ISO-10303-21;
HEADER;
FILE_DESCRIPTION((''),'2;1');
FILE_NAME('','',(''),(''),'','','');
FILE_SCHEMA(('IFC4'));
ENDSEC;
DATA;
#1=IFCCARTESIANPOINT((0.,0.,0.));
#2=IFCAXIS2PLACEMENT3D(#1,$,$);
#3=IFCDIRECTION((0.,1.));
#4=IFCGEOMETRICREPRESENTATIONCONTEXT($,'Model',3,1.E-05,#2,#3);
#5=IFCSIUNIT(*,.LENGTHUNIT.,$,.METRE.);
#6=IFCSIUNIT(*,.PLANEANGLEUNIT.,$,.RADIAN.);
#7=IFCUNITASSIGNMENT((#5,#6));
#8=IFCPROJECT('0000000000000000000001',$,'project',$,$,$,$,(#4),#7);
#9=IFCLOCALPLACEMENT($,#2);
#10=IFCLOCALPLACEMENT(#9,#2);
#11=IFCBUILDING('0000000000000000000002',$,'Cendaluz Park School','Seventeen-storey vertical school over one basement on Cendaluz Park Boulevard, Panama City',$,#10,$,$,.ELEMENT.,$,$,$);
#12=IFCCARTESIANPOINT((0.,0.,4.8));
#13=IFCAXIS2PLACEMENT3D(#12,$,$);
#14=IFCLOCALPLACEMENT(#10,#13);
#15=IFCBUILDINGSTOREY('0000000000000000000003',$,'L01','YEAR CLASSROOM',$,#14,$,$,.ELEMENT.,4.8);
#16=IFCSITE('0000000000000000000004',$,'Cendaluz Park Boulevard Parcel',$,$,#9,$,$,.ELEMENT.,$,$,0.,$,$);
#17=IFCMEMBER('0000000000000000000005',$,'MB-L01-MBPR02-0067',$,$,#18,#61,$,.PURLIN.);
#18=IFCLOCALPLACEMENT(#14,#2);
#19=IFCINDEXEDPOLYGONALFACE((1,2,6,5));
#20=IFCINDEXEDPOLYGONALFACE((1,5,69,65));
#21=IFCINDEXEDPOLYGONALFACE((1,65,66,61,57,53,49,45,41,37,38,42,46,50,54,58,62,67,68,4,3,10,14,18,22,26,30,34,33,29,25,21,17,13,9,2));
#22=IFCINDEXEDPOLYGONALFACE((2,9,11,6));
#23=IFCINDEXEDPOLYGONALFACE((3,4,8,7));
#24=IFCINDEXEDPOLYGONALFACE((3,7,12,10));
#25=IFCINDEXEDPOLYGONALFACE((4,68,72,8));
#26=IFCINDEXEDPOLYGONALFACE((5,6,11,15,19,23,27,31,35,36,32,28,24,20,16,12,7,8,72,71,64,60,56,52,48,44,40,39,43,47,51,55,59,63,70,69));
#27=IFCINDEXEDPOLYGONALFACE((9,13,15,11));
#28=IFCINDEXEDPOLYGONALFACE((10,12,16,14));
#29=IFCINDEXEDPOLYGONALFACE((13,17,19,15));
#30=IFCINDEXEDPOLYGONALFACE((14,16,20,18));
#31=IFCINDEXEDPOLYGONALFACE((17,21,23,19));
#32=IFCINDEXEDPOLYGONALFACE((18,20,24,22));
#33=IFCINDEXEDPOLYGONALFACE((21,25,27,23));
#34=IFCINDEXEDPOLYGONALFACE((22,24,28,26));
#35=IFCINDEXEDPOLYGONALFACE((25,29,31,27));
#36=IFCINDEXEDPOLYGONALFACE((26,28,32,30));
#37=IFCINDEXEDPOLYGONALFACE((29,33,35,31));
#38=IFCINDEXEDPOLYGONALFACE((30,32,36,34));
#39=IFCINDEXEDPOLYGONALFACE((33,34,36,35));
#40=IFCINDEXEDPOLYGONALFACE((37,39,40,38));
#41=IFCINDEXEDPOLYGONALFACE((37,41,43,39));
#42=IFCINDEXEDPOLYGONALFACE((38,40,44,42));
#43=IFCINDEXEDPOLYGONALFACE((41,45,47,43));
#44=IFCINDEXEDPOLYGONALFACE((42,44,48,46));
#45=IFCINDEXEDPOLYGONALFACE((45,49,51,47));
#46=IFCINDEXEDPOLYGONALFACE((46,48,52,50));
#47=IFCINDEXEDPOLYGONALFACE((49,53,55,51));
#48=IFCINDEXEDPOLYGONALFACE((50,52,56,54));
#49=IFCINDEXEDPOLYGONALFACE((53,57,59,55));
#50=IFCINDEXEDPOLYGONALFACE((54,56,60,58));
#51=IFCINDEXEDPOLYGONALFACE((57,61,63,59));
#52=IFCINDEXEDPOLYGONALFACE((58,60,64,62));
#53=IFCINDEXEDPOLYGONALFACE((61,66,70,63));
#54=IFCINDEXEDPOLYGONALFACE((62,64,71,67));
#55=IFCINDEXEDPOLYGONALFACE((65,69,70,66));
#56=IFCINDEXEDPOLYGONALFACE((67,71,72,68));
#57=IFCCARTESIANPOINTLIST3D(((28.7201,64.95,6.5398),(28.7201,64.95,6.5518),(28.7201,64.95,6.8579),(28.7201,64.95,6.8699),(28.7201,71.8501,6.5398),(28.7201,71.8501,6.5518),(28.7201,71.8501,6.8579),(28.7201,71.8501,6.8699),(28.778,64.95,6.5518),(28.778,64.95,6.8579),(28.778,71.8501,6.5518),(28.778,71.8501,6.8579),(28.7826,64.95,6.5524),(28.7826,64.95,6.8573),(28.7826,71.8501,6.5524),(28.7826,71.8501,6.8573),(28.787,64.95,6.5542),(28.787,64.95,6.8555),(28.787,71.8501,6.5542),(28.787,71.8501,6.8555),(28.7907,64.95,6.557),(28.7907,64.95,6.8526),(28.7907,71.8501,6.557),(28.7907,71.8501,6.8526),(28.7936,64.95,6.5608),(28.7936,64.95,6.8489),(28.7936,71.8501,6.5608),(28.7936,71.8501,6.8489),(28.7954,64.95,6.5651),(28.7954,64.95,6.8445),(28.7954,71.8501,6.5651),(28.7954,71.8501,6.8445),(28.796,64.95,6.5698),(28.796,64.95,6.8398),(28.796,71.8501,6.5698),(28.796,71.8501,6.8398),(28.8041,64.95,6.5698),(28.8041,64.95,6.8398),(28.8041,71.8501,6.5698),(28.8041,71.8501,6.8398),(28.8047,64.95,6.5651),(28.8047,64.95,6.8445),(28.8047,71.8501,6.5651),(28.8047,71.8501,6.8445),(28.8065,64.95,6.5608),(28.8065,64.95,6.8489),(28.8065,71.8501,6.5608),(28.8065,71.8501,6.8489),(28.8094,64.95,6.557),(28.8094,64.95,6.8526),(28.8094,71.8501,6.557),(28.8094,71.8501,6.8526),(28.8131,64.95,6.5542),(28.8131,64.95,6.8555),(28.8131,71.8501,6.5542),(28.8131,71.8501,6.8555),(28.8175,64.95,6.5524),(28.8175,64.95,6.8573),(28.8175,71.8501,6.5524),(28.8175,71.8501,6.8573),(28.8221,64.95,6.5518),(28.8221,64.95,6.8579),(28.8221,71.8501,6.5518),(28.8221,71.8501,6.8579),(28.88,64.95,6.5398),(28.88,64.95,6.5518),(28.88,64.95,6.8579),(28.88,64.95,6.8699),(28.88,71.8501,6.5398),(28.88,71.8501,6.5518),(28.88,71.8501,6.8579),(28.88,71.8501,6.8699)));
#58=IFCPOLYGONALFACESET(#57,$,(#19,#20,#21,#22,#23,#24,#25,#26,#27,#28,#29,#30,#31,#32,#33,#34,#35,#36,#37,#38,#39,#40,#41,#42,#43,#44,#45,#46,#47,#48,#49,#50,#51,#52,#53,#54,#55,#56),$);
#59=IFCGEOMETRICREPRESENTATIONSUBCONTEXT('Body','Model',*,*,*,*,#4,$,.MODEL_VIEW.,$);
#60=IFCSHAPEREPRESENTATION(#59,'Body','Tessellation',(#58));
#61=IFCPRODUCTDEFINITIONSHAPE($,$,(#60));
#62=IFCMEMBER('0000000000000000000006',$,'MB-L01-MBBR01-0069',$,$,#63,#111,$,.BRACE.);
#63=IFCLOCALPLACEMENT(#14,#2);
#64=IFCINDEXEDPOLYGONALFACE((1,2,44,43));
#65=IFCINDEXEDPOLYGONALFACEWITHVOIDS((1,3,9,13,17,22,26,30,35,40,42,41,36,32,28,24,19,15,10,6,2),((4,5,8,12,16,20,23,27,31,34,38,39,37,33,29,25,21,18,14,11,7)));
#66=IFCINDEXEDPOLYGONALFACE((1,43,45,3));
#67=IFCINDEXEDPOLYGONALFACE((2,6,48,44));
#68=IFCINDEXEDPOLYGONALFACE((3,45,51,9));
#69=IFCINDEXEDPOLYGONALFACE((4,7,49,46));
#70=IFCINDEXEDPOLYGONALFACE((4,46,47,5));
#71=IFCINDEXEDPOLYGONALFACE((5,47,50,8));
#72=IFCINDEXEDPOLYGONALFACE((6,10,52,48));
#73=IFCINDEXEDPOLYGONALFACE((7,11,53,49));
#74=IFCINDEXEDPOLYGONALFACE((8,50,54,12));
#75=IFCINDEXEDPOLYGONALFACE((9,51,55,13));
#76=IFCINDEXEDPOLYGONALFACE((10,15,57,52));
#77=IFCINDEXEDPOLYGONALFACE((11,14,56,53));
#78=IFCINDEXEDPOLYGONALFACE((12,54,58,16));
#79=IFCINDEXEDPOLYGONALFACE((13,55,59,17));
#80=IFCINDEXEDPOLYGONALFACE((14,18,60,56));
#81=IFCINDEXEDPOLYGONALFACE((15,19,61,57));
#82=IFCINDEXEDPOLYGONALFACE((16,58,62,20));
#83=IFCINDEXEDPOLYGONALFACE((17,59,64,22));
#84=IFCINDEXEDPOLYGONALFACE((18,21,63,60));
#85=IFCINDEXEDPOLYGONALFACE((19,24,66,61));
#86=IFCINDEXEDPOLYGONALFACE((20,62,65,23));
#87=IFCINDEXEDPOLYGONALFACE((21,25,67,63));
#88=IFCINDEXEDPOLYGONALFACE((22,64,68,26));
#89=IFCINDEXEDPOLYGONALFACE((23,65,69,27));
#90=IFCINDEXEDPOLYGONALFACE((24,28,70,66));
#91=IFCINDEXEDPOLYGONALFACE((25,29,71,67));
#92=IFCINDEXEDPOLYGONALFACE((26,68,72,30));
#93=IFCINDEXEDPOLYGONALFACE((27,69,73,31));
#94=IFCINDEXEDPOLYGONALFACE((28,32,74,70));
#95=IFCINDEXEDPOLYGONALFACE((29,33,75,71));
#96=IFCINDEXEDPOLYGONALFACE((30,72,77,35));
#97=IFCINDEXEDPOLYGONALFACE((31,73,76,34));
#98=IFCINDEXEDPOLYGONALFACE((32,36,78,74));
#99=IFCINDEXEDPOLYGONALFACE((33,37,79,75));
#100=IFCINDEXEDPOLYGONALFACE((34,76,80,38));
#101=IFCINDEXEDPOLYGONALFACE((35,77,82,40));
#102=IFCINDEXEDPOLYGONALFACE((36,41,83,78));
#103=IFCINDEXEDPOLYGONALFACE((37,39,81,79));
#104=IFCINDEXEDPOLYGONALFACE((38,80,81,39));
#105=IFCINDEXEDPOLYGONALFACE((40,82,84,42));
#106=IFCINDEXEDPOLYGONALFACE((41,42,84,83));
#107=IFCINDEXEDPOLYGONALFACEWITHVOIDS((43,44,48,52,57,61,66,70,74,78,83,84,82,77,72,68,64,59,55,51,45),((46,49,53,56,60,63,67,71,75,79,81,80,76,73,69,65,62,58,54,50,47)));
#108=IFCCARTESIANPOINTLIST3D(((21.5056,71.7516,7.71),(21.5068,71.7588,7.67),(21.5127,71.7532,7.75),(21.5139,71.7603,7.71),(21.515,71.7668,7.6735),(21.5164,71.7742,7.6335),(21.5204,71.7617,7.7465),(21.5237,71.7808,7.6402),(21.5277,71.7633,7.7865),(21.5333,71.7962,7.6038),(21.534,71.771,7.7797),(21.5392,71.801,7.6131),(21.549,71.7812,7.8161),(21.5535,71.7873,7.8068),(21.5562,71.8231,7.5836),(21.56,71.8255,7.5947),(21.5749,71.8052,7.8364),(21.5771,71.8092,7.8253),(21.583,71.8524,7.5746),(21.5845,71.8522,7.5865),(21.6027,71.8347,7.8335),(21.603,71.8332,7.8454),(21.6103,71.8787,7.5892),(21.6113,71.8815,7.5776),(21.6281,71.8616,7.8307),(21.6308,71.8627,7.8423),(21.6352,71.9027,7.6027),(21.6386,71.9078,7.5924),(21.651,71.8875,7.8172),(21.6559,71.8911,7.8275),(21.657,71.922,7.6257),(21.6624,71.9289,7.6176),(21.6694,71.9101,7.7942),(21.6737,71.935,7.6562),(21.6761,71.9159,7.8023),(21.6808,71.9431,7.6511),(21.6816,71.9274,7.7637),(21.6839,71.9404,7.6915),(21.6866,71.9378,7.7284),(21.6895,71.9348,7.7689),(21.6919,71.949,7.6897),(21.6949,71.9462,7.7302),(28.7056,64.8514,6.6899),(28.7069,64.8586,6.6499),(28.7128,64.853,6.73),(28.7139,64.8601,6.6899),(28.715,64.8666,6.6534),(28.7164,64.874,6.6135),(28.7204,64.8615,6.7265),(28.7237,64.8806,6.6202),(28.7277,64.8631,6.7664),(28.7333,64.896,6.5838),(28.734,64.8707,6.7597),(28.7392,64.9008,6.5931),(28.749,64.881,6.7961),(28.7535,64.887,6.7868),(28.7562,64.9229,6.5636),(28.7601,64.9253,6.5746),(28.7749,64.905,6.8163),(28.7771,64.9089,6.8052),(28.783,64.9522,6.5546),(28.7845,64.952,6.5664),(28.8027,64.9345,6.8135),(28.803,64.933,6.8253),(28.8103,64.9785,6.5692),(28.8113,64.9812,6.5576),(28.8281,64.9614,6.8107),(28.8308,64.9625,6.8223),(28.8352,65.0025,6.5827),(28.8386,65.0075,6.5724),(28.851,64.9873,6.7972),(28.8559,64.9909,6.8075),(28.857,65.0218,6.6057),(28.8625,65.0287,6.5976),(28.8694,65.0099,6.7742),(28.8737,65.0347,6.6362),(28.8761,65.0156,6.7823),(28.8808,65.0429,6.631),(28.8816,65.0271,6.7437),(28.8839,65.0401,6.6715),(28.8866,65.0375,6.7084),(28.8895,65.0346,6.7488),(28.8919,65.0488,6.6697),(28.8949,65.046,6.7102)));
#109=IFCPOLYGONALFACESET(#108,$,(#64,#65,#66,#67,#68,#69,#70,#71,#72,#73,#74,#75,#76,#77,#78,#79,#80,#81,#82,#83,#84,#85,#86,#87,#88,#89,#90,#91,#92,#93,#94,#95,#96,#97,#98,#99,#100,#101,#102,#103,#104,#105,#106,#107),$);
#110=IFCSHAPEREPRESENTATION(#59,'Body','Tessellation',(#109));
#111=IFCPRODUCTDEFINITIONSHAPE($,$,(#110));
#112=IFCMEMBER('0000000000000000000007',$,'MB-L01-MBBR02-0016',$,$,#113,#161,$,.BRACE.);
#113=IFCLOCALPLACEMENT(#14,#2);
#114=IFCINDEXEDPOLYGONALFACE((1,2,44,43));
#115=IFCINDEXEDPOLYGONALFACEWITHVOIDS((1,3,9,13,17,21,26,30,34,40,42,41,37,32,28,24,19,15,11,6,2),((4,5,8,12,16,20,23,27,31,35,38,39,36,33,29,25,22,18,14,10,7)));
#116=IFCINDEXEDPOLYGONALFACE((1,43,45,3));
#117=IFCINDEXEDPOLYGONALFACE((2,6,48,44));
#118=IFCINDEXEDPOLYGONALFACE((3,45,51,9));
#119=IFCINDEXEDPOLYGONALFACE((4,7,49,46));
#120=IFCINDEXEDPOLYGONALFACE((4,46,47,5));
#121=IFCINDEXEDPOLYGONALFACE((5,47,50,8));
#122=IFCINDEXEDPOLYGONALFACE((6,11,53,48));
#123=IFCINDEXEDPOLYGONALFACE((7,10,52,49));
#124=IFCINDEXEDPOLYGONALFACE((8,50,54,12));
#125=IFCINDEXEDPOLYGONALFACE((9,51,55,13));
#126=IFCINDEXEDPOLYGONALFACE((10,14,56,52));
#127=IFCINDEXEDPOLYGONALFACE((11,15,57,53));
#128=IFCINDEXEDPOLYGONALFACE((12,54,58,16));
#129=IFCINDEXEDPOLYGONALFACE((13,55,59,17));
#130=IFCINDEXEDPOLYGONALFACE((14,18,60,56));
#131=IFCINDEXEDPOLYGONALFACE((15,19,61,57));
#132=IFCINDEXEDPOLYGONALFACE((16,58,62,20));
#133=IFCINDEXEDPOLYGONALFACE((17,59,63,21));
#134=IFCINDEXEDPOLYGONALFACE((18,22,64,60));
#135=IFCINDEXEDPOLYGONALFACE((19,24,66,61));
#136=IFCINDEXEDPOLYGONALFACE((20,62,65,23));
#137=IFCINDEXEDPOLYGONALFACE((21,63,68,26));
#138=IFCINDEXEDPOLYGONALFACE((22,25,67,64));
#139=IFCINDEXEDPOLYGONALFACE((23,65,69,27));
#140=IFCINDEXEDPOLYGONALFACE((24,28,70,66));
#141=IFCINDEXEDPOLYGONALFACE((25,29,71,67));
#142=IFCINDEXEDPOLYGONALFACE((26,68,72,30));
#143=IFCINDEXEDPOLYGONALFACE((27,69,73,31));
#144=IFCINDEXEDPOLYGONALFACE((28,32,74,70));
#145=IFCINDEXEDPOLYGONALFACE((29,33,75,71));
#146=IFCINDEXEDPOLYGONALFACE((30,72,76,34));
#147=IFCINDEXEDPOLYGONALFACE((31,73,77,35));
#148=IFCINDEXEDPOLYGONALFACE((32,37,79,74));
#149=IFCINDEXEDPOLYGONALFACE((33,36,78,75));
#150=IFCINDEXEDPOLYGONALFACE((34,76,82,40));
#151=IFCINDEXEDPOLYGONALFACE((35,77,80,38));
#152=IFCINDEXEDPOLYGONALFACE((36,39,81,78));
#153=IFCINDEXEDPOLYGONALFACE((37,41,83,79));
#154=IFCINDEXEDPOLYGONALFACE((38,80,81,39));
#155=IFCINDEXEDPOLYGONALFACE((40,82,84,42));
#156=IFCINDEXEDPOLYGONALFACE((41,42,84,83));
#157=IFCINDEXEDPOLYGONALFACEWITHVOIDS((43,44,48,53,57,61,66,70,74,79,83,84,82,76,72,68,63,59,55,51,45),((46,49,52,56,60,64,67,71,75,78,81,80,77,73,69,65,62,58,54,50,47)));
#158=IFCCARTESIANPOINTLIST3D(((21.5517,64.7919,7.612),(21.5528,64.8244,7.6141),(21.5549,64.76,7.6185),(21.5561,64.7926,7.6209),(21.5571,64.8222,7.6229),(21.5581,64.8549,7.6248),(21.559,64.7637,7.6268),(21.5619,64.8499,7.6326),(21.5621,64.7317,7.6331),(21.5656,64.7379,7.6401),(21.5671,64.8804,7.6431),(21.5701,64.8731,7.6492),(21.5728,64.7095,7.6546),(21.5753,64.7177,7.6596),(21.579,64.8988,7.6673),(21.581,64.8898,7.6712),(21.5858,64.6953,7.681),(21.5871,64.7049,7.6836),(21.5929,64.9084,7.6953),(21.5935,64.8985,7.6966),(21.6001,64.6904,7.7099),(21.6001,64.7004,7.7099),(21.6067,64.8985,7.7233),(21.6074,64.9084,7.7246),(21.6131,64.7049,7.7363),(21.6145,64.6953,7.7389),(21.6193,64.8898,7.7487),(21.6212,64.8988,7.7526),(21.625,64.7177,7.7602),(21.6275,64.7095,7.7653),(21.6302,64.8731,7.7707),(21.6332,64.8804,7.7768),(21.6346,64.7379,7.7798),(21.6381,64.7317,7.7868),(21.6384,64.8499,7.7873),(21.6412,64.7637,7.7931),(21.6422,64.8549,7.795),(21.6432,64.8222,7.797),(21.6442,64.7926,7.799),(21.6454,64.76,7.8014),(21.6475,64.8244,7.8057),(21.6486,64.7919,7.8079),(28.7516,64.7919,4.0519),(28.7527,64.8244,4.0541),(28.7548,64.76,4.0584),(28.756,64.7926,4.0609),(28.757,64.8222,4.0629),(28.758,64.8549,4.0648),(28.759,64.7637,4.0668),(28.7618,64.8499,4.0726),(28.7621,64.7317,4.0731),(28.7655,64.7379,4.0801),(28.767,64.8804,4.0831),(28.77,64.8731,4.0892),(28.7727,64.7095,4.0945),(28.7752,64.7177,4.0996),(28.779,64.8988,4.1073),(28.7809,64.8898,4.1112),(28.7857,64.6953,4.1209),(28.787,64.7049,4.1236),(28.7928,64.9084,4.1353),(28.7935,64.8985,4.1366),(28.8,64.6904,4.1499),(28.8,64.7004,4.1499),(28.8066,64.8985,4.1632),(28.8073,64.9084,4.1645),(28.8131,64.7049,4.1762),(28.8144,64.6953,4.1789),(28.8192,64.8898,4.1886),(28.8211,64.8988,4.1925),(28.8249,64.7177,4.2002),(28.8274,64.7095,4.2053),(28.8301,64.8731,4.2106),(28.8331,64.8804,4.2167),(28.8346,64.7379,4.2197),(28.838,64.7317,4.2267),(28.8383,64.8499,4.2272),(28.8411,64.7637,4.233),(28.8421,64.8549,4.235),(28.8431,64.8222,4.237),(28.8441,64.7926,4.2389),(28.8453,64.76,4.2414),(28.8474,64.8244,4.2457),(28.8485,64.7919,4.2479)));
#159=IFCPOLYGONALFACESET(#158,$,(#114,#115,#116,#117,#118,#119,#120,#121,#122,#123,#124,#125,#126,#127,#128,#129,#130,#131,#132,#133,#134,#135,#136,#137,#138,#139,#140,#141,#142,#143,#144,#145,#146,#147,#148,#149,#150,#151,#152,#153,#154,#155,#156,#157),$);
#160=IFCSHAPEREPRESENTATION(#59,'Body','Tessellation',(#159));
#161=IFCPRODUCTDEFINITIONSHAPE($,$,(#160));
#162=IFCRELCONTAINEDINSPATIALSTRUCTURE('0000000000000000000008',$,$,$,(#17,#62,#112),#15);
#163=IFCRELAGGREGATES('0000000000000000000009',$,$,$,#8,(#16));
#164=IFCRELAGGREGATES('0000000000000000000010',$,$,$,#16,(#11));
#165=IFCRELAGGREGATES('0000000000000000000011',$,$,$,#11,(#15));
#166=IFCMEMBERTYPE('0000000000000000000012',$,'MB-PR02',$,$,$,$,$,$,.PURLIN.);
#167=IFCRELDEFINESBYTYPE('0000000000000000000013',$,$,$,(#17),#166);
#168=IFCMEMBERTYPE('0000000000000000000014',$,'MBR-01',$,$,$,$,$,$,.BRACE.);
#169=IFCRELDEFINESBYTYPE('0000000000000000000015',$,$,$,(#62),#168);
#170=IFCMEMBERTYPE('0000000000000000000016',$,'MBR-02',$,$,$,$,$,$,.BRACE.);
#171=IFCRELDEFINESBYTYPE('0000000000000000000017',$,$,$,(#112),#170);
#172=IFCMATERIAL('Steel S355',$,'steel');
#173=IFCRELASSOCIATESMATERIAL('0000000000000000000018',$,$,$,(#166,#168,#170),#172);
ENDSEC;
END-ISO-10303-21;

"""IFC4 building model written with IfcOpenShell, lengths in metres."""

from ifc_helpers import new_model, si_unit, direction, frame, origin, origin_2d, place, context, subcontext, project, spatial, hollow_circle, i_section, extrude, material, material_profile, profile_set, type_object, element, save


model = new_model("IFC4")

# Units and contexts
model_context = context("Model", 3, precision=1e-05, world=origin(), true_north=direction((0.0, 1.0)))
body_context = subcontext(model_context, "Body", "Model", "MODEL_VIEW")
ifc_project = project(units=[si_unit("LENGTHUNIT", "METRE"), si_unit("PLANEANGLEUNIT", "RADIAN")], contexts=[model_context])

# Site, building, storey
site_placement = place(None, origin())
site = spatial("IfcSite", under=ifc_project, at=site_placement, Name="Cendaluz Park Boulevard Parcel", CompositionType="ELEMENT", RefElevation=0.0)
building_placement = place(site_placement, origin())
building = spatial("IfcBuilding", under=site, at=building_placement, Name="Cendaluz Park School", Description="Seventeen-storey vertical school over one basement on Cendaluz Park Boulevard, Panama City", CompositionType="ELEMENT")
storey_placement = place(building_placement, frame((0.0, 0.0, 4.8)))
storey = spatial("IfcBuildingStorey", under=building, at=storey_placement, Name="L01", Description="YEAR CLASSROOM", CompositionType="ELEMENT", Elevation=4.8)

# Members
ifc_material_1 = material(Name="Steel S355", Category="steel")
ifc_material_profile_1 = material_profile(ifc_material_1, i_section(OverallWidth=0.1599, OverallDepth=0.3301, WebThickness=0.0081, FlangeThickness=0.012, FilletRadius=0.0181, at=origin_2d()), Name="IPE 330", Category="steel")
ifc_profile_set_1 = profile_set([ifc_material_profile_1], Name="Steel S355")
member_type_1 = type_object("IfcMemberType", Name="MB-PR02", PredefinedType="PURLIN", material=ifc_profile_set_1)
member_1_placement = place(storey_placement, frame((28.8, 64.95, 6.7048), z_axis=(0.0, 1.0, 0.0), x_axis=(-1.0, 0.0, 0.0)))
element("IfcMember", 1, at=member_1_placement, inside=storey, type_object=member_type_1, Name="MB-L01-MBPR02-0067", PredefinedType="PURLIN", context=body_context, shape_type="SweptSolid", body=[
    extrude(i_section(OverallWidth=0.1599, OverallDepth=0.3301, WebThickness=0.0081, FlangeThickness=0.012, FilletRadius=0.0181, at=origin_2d()), origin(), (0.0, 0.0, 1.0), 6.9001),
])
ifc_material_profile_2 = material_profile(ifc_material_1, hollow_circle(Radius=0.1365, WallThickness=0.012, at=origin_2d()), Name="CHS 273x12", Category="steel")
ifc_profile_set_2 = profile_set([ifc_material_profile_2], Name="Steel S355")
member_type_2 = type_object("IfcMemberType", Name="MBR-01", PredefinedType="BRACE", material=ifc_profile_set_2)
member_2_placement = place(storey_placement, frame((28.8, 64.95, 6.6899), z_axis=(-0.718231, 0.688324, 0.101752), x_axis=(-0.691915, -0.721979, 0.0)))
element("IfcMember", 2, at=member_2_placement, inside=storey, type_object=member_type_2, Name="MB-L01-MBBR01-0069", PredefinedType="BRACE", context=body_context, shape_type="SweptSolid", body=[
    extrude(hollow_circle(Radius=0.1365, WallThickness=0.012, at=origin_2d()), origin(), (0.0, 0.0, 1.0), 10.0247),
])
ifc_material_profile_3 = material_profile(ifc_material_1, hollow_circle(Radius=0.1096, WallThickness=0.01, at=origin_2d()), Name="CHS 219x10", Category="steel")
ifc_profile_set_3 = profile_set([ifc_material_profile_3], Name="Steel S355")
member_type_3 = type_object("IfcMemberType", Name="MBR-02", PredefinedType="BRACE", material=ifc_profile_set_3)
for number, where, z_axis, x_axis, name in (
    (3, (28.8, 64.8, 4.1499), (-0.896406, 0.0, 0.443233), (0.0, -1.0, 0.0), "MB-L01-MBBR02-0016"),
):
    element("IfcMember", number, at=place(storey_placement, frame(where, z_axis=z_axis, x_axis=x_axis)), inside=storey, type_object=member_type_3, Name=name, PredefinedType="BRACE", context=body_context, shape_type="SweptSolid", body=[
        extrude(hollow_circle(Radius=0.1096, WallThickness=0.01, at=origin_2d()), origin(), (0.0, 0.0, 1.0), 8.032),
    ])

save(model, "model.ifc")
